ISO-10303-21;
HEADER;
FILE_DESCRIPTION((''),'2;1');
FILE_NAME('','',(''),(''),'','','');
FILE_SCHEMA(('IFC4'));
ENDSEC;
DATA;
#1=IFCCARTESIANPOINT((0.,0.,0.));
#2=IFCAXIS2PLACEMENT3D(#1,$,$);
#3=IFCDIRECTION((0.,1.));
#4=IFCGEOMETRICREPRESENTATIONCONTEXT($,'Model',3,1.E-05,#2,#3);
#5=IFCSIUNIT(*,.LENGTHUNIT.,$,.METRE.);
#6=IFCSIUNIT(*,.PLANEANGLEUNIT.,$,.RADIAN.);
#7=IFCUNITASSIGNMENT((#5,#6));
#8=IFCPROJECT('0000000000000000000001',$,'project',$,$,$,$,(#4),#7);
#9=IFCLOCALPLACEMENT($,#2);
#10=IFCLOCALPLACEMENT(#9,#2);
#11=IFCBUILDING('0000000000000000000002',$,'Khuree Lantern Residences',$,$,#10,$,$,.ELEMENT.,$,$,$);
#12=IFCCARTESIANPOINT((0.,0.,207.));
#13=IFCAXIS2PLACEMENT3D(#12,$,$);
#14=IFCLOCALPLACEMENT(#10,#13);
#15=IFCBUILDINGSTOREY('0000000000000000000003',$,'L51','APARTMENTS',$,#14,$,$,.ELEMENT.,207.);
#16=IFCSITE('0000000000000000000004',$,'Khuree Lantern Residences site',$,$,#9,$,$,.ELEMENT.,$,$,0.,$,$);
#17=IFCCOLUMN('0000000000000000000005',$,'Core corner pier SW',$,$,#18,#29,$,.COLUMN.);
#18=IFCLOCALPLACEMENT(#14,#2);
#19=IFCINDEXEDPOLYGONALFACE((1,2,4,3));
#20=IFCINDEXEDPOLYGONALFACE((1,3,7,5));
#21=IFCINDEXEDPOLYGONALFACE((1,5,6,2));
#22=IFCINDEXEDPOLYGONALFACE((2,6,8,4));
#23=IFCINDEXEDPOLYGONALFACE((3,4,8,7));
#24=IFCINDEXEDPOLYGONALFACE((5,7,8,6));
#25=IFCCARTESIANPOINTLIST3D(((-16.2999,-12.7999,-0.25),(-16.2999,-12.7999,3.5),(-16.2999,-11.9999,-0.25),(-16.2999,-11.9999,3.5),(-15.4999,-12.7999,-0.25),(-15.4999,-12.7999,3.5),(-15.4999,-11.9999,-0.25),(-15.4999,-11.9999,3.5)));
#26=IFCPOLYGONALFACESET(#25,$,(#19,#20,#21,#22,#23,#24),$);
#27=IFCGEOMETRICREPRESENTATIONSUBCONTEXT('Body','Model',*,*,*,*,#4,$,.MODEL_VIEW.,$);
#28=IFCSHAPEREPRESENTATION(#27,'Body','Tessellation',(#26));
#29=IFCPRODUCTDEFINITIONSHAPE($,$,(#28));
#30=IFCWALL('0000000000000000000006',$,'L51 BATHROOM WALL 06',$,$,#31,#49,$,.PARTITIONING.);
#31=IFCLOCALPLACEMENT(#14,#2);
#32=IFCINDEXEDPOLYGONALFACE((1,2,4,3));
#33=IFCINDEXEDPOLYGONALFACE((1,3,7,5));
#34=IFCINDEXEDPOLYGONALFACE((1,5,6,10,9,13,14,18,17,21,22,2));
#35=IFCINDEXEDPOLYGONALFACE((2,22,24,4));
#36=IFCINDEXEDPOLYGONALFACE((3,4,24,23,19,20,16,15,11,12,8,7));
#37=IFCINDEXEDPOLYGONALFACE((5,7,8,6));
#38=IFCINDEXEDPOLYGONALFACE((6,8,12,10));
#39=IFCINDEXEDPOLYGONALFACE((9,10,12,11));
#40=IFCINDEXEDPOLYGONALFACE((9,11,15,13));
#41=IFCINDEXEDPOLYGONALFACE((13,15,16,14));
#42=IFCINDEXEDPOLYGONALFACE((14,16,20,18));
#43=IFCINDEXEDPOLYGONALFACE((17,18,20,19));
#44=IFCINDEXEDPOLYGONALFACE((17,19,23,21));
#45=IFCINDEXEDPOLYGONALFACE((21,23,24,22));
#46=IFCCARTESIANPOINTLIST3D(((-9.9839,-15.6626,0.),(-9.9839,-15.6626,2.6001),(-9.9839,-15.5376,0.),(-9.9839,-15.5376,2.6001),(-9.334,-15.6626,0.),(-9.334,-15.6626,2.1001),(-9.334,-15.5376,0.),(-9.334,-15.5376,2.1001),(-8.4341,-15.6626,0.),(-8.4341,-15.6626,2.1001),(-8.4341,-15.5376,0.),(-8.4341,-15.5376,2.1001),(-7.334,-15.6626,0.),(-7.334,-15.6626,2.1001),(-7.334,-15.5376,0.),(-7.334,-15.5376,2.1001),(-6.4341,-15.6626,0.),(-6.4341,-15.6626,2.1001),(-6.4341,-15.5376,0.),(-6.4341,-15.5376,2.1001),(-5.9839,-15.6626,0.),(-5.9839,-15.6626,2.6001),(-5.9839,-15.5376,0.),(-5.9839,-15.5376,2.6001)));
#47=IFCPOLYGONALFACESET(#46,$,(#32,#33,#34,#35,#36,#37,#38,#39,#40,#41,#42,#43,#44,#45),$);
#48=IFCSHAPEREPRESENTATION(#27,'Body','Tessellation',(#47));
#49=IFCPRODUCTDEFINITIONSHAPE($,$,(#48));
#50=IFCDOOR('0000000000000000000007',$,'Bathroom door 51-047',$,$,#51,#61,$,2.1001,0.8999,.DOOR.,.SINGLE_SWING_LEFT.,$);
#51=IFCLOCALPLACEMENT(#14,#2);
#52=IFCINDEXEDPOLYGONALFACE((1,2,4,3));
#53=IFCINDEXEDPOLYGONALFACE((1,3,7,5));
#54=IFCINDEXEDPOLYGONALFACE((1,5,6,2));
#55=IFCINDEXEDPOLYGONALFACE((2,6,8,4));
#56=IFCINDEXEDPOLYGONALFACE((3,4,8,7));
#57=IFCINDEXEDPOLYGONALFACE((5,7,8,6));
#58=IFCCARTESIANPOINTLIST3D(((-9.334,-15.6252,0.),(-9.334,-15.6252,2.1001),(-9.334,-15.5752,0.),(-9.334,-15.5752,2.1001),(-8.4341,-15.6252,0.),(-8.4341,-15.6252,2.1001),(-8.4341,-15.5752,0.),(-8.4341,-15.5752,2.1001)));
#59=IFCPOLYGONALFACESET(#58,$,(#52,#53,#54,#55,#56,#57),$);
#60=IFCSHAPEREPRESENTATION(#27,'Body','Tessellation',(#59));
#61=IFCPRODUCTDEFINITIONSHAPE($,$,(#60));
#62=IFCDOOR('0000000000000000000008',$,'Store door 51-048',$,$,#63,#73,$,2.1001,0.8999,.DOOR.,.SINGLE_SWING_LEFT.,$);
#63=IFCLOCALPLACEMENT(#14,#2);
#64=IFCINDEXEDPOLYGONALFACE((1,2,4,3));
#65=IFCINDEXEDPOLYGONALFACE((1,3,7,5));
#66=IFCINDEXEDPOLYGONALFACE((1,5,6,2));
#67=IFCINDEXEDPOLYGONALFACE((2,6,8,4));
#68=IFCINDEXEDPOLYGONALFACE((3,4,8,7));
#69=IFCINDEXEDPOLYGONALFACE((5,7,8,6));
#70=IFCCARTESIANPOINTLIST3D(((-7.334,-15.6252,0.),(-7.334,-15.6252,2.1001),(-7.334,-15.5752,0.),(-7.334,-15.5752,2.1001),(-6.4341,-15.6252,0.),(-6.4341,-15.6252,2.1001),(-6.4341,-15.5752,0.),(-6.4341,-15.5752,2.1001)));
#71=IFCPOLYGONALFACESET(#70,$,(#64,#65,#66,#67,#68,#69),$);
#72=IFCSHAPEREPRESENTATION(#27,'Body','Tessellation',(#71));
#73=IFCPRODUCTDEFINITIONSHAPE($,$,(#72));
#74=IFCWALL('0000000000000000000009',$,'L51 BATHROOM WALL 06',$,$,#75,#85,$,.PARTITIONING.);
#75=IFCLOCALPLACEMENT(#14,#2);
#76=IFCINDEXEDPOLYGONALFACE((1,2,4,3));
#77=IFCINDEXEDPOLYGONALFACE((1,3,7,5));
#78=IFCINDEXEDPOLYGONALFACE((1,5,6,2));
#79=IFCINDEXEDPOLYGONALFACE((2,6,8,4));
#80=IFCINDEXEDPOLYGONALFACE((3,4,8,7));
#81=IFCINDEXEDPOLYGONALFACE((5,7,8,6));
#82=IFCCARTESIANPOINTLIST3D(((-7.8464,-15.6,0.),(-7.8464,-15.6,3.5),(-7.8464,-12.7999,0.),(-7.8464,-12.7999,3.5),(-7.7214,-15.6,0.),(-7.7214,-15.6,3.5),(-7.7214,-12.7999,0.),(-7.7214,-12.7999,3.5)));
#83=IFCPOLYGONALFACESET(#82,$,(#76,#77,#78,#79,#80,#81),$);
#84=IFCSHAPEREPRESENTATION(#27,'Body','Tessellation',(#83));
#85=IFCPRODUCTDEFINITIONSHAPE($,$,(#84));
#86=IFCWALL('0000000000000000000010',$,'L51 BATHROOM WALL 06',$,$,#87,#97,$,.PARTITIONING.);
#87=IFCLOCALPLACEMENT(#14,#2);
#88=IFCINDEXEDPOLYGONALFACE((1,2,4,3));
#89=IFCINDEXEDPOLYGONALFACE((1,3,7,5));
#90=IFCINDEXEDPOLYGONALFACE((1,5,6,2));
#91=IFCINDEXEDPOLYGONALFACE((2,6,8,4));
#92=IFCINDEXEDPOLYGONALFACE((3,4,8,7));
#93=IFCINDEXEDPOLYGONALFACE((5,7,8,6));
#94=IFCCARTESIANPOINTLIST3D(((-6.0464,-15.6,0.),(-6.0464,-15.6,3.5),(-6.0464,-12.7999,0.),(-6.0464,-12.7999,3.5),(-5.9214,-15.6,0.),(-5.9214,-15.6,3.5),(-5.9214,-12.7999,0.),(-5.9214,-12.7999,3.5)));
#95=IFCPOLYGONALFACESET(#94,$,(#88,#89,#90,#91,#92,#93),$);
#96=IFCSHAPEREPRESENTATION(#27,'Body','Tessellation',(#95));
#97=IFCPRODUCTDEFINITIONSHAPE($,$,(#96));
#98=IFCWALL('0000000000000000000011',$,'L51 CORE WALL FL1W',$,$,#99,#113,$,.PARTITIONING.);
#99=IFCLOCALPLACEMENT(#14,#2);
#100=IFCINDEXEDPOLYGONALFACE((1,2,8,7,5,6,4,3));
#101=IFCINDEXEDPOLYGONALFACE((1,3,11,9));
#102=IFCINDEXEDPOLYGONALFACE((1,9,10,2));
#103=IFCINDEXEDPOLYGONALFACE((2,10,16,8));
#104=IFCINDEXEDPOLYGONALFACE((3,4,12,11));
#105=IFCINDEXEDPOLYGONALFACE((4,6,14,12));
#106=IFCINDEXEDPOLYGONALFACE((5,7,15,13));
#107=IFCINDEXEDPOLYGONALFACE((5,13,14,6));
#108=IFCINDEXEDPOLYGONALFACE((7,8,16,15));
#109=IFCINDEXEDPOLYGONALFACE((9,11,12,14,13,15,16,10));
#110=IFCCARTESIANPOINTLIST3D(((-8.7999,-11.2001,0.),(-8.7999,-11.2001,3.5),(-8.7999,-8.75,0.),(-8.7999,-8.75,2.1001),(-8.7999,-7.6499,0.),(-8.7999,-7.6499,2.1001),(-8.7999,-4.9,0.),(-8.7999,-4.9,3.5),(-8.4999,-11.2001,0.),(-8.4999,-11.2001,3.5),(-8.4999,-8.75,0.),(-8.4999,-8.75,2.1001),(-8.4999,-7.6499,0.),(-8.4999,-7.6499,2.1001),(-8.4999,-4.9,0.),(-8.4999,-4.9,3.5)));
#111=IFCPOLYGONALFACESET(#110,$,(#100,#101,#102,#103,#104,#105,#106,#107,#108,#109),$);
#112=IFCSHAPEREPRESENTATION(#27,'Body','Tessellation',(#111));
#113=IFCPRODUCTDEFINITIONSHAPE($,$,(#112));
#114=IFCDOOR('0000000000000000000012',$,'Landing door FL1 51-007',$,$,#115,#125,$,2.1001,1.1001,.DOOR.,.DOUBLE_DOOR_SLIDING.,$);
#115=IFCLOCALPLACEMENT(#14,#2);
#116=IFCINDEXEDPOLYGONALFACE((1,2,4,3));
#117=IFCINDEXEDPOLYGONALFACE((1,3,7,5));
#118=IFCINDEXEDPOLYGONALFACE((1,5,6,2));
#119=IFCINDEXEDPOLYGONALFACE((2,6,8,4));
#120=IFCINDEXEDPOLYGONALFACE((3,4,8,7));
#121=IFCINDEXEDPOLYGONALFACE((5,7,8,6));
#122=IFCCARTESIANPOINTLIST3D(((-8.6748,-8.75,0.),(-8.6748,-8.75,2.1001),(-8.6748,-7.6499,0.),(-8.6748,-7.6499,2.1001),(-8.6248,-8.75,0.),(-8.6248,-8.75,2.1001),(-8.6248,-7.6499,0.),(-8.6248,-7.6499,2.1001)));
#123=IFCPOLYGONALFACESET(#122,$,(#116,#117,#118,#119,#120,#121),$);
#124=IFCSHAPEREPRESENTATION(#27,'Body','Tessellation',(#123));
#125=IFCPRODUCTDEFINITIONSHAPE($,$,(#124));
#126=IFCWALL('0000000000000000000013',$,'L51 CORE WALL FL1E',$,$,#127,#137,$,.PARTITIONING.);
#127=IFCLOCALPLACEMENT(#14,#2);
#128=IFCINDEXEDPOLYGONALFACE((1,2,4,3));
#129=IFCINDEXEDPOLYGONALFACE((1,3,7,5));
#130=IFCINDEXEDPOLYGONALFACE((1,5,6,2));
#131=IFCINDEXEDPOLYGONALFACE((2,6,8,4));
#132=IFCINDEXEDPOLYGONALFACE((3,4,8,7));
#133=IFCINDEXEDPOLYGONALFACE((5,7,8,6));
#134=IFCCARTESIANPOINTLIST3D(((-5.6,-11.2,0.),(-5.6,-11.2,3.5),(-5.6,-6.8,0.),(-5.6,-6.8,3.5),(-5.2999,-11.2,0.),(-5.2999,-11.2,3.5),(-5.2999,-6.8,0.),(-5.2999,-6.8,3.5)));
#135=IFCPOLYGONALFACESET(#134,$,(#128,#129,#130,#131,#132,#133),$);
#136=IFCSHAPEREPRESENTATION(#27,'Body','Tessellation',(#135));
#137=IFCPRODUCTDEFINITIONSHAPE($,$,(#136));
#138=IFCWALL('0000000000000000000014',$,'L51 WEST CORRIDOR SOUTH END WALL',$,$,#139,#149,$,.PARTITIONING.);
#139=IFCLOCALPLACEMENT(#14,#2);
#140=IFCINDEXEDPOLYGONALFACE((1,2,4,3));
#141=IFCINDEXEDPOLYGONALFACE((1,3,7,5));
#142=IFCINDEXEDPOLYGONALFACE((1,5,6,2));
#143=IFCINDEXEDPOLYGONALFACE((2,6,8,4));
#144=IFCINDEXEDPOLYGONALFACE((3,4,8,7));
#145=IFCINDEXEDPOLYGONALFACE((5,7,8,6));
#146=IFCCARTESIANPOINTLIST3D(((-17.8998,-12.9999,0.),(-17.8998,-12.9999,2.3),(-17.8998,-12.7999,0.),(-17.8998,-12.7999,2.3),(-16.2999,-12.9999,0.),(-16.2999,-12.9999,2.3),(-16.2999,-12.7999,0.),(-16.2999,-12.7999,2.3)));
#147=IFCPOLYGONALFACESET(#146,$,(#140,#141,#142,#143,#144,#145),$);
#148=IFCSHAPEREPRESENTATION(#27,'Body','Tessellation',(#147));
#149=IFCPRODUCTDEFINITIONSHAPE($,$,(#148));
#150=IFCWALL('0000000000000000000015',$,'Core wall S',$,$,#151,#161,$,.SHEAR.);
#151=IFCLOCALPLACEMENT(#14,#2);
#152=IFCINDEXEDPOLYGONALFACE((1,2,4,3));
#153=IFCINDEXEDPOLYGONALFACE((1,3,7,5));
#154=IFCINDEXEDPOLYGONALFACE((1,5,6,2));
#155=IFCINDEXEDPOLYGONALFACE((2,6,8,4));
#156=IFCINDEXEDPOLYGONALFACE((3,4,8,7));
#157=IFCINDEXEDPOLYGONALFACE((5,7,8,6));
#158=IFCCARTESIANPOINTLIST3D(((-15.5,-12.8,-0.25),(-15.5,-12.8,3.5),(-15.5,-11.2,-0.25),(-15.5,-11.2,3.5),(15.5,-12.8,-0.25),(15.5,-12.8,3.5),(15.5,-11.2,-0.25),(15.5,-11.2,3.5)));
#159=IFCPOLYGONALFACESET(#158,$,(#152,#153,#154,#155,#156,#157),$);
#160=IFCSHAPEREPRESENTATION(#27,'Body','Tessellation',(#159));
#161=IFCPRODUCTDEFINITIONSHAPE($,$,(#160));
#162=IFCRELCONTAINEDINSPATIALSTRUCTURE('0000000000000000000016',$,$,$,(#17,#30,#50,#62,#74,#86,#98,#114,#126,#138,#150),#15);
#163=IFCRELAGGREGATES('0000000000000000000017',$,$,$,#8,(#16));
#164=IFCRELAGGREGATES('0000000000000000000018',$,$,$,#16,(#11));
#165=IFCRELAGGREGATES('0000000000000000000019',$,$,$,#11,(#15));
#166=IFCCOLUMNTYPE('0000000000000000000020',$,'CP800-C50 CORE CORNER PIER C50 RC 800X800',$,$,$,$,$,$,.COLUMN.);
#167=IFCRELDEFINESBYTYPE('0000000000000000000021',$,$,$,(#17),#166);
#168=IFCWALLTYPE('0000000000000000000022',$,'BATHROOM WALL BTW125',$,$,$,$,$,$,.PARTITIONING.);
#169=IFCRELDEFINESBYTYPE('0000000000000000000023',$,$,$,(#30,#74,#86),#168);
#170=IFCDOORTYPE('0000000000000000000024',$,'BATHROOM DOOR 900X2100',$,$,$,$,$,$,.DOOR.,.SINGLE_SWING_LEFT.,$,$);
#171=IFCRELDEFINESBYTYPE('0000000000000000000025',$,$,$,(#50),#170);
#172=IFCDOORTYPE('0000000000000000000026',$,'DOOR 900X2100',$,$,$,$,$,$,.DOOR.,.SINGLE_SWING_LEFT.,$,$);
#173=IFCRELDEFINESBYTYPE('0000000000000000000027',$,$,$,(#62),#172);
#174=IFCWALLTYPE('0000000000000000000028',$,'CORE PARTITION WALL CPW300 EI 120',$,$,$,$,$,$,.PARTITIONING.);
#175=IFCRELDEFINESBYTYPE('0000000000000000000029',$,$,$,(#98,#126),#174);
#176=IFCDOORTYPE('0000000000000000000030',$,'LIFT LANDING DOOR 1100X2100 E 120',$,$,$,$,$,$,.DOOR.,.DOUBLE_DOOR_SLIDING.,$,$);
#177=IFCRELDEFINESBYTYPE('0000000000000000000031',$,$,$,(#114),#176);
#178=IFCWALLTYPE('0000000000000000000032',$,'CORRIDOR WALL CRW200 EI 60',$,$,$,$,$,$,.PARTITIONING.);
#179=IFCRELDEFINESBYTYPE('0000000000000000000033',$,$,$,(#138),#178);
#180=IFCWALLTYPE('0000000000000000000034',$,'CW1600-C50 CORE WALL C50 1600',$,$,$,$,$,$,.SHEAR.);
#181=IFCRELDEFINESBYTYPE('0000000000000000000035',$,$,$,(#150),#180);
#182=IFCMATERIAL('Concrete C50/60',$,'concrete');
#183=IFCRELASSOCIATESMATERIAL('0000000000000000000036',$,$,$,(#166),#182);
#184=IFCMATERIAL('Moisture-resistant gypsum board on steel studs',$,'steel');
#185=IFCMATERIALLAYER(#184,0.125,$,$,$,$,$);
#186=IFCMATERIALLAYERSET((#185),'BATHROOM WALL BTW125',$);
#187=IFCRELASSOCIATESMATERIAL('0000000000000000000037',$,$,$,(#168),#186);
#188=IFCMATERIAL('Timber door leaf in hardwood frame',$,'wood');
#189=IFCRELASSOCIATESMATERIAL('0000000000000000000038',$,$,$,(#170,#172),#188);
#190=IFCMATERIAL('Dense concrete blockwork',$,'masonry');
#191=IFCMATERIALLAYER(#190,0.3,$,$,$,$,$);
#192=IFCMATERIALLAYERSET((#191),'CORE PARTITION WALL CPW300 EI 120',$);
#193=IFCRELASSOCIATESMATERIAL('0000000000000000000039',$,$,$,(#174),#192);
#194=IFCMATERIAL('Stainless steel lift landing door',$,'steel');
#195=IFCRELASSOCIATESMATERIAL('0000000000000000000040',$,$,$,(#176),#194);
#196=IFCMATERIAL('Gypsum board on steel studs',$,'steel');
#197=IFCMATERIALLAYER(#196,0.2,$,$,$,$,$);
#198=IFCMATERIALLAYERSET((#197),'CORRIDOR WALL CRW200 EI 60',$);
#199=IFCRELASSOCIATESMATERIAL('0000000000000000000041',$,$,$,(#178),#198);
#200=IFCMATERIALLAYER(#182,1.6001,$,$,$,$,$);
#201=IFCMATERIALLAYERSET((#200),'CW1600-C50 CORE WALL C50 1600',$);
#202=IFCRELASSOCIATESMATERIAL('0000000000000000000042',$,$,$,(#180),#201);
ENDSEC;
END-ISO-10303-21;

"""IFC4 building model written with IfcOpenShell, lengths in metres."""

from ifc_helpers import new_model, si_unit, direction, frame, frame_2d, origin, origin_2d, place, context, subcontext, project, spatial, rectangle, extrude, material, layer, layer_set, material_profile, profile_set, type_object, element, fill, save


model = new_model("IFC4")

# Units and contexts
model_context = context("Model", 3, precision=1e-05, world=origin(), true_north=direction((0.0, 1.0)))
body_context = subcontext(model_context, "Body", "Model", "MODEL_VIEW")
ifc_project = project(units=[si_unit("LENGTHUNIT", "METRE"), si_unit("PLANEANGLEUNIT", "RADIAN")], contexts=[model_context])

# Site, building, storey
site_placement = place(None, origin())
site = spatial("IfcSite", under=ifc_project, at=site_placement, Name="Khuree Lantern Residences site", CompositionType="ELEMENT", RefElevation=0.0)
building_placement = place(site_placement, origin())
building = spatial("IfcBuilding", under=site, at=building_placement, Name="Khuree Lantern Residences", CompositionType="ELEMENT")
storey_placement = place(building_placement, frame((0.0, 0.0, 207.0)))
storey = spatial("IfcBuildingStorey", under=building, at=storey_placement, Name="L51", Description="APARTMENTS", CompositionType="ELEMENT", Elevation=207.0)

# Column
ifc_material_1 = material(Name="Concrete C50/60", Category="concrete")
ifc_material_profile = material_profile(ifc_material_1, rectangle(XDim=0.8, YDim=0.8, at=origin_2d()), Name="RC 800X800")
ifc_profile_set = profile_set([ifc_material_profile], Name="Concrete C50/60")
column_type = type_object("IfcColumnType", Name="CP800-C50 CORE CORNER PIER C50 RC 800X800", PredefinedType="COLUMN", material=ifc_profile_set)
column_placement = place(storey_placement, frame((-15.8999, -12.3999, -0.25), z_axis=(0.0, 0.0, 1.0), x_axis=(1.0, 0.0, 0.0)))
element("IfcColumn", 1, at=column_placement, inside=storey, type_object=column_type, Name="Core corner pier SW", PredefinedType="COLUMN", context=body_context, shape_type="SweptSolid", body=[
    extrude(rectangle(XDim=0.8, YDim=0.8, at=origin_2d()), origin(), (0.0, 0.0, 1.0), 3.75),
])

# Wall, openings, doors
ifc_material_2 = material(Name="Moisture-resistant gypsum board on steel studs", Category="steel")
ifc_layer_1 = layer(ifc_material_2, 0.125)
ifc_layer_set_1 = layer_set([ifc_layer_1], Name="BATHROOM WALL BTW125")
wall_type_1 = type_object("IfcWallType", Name="BATHROOM WALL BTW125", PredefinedType="PARTITIONING", material=ifc_layer_set_1)
wall_1_placement = place(storey_placement, frame((-9.9839, -15.6001, 0.0), z_axis=(0.0, 0.0, 1.0), x_axis=(1.0, 0.0, 0.0)))
wall_1 = element("IfcWall", 2, at=wall_1_placement, inside=storey, type_object=wall_type_1, Name="L51 BATHROOM WALL 06", PredefinedType="PARTITIONING", context=body_context, shape_type="SweptSolid", body=[
    extrude(rectangle(XDim=4.0, YDim=0.125, at=frame_2d((2.0, 0.0))), origin(), (0.0, 0.0, 1.0), 2.6001),
])
opening_1_placement = place(wall_1_placement, frame((0.6499, 0.0, 0.0)))
opening_1 = element("IfcOpeningElement", 3, at=opening_1_placement, cuts=wall_1, PredefinedType="OPENING", context=body_context, shape_type="SweptSolid", body=[
    extrude(rectangle(XDim=0.8999, YDim=2.1001, at=frame_2d((0.45, 1.05))), frame((0.0, 0.0725, 0.0), z_axis=(0.0, -1.0, 0.0), x_axis=(1.0, 0.0, 0.0)), (0.0, 0.0, 1.0), 0.145),
])
opening_2_placement = place(wall_1_placement, frame((2.6499, 0.0, 0.0)))
opening_2 = element("IfcOpeningElement", 4, at=opening_2_placement, cuts=wall_1, PredefinedType="OPENING", context=body_context, shape_type="SweptSolid", body=[
    extrude(rectangle(XDim=0.8999, YDim=2.1001, at=frame_2d((0.45, 1.05))), frame((0.0, 0.0725, 0.0), z_axis=(0.0, -1.0, 0.0), x_axis=(1.0, 0.0, 0.0)), (0.0, 0.0, 1.0), 0.145),
])
ifc_material_3 = material(Name="Timber door leaf in hardwood frame", Category="wood")
door_type_1 = type_object("IfcDoorType", Name="BATHROOM DOOR 900X2100", OperationType="SINGLE_SWING_LEFT", PredefinedType="DOOR", material=ifc_material_3)
door_1_placement = place(opening_1_placement, origin())
door_1 = element("IfcDoor", 5, at=door_1_placement, inside=storey, type_object=door_type_1, Name="Bathroom door 51-047", OperationType="SINGLE_SWING_LEFT", OverallHeight=2.1001, OverallWidth=0.8999, PredefinedType="DOOR", context=body_context, shape_type="SweptSolid", body=[
    extrude(rectangle(XDim=0.8999, YDim=2.1001, at=frame_2d((0.45, 1.05))), frame((0.0, 0.0249, 0.0), z_axis=(0.0, -1.0, 0.0), x_axis=(1.0, 0.0, 0.0)), (0.0, 0.0, 1.0), 0.05),
])
fill(opening_1, door_1)
door_type_2 = type_object("IfcDoorType", Name="DOOR 900X2100", OperationType="SINGLE_SWING_LEFT", PredefinedType="DOOR", material=ifc_material_3)
door_2_placement = place(opening_2_placement, origin())
door_2 = element("IfcDoor", 6, at=door_2_placement, inside=storey, type_object=door_type_2, Name="Store door 51-048", OperationType="SINGLE_SWING_LEFT", OverallHeight=2.1001, OverallWidth=0.8999, PredefinedType="DOOR", context=body_context, shape_type="SweptSolid", body=[
    extrude(rectangle(XDim=0.8999, YDim=2.1001, at=frame_2d((0.45, 1.05))), frame((0.0, 0.0249, 0.0), z_axis=(0.0, -1.0, 0.0), x_axis=(1.0, 0.0, 0.0)), (0.0, 0.0, 1.0), 0.05),
])
fill(opening_2, door_2)

# Walls
for number, where, z_axis, x_axis, name in (
    (7, (-7.7839, -12.8, 0.0), (0.0, 0.0, 1.0), (0.0, -1.0, 0.0), "L51 BATHROOM WALL 06"),
    (8, (-5.9839, -12.8, 0.0), (0.0, 0.0, 1.0), (0.0, -1.0, 0.0), "L51 BATHROOM WALL 06"),
):
    element("IfcWall", number, at=place(storey_placement, frame(where, z_axis=z_axis, x_axis=x_axis)), inside=storey, type_object=wall_type_1, Name=name, PredefinedType="PARTITIONING", context=body_context, shape_type="SweptSolid", body=[
        extrude(rectangle(XDim=2.8, YDim=0.125, at=frame_2d((1.3999, 0.0))), origin(), (0.0, 0.0, 1.0), 3.5),
    ])

# Wall, opening, door
ifc_material_4 = material(Name="Dense concrete blockwork", Category="masonry")
ifc_layer_2 = layer(ifc_material_4, 0.3)
ifc_layer_set_2 = layer_set([ifc_layer_2], Name="CORE PARTITION WALL CPW300 EI 120")
wall_type_2 = type_object("IfcWallType", Name="CORE PARTITION WALL CPW300 EI 120", PredefinedType="PARTITIONING", material=ifc_layer_set_2)
wall_2_placement = place(storey_placement, frame((-8.6499, -11.2, 0.0), z_axis=(0.0, 0.0, 1.0), x_axis=(0.0, 1.0, 0.0)))
wall_2 = element("IfcWall", 9, at=wall_2_placement, inside=storey, type_object=wall_type_2, Name="L51 CORE WALL FL1W", PredefinedType="PARTITIONING", context=body_context, shape_type="SweptSolid", body=[
    extrude(rectangle(XDim=6.3, YDim=0.3, at=frame_2d((3.1499, 0.0))), origin(), (0.0, 0.0, 1.0), 3.5),
])
opening_3_placement = place(wall_2_placement, frame((2.45, 0.0, 0.0)))
opening_3 = element("IfcOpeningElement", 10, at=opening_3_placement, cuts=wall_2, PredefinedType="OPENING", context=body_context, shape_type="SweptSolid", body=[
    extrude(rectangle(XDim=1.1001, YDim=2.1001, at=frame_2d((0.55, 1.05))), frame((0.0, 0.1602, 0.0), z_axis=(0.0, -1.0, 0.0), x_axis=(1.0, 0.0, 0.0)), (0.0, 0.0, 1.0), 0.3201),
])
ifc_material_5 = material(Name="Stainless steel lift landing door", Category="steel")
door_type_3 = type_object("IfcDoorType", Name="LIFT LANDING DOOR 1100X2100 E 120", OperationType="DOUBLE_DOOR_SLIDING", PredefinedType="DOOR", material=ifc_material_5)
door_3_placement = place(opening_3_placement, origin())
door_3 = element("IfcDoor", 11, at=door_3_placement, inside=storey, type_object=door_type_3, Name="Landing door FL1 51-007", OperationType="DOUBLE_DOOR_SLIDING", OverallHeight=2.1001, OverallWidth=1.1001, PredefinedType="DOOR", context=body_context, shape_type="SweptSolid", body=[
    extrude(rectangle(XDim=1.1001, YDim=2.1001, at=frame_2d((0.55, 1.05))), frame((0.0, 0.0249, 0.0), z_axis=(0.0, -1.0, 0.0), x_axis=(1.0, 0.0, 0.0)), (0.0, 0.0, 1.0), 0.05),
])
fill(opening_3, door_3)

# Walls
wall_3_placement = place(storey_placement, frame((-5.45, -11.2, 0.0), z_axis=(0.0, 0.0, 1.0), x_axis=(0.0, 1.0, 0.0)))
element("IfcWall", 12, at=wall_3_placement, inside=storey, type_object=wall_type_2, Name="L51 CORE WALL FL1E", PredefinedType="PARTITIONING", context=body_context, shape_type="SweptSolid", body=[
    extrude(rectangle(XDim=4.3999, YDim=0.3, at=frame_2d((2.2, 0.0))), origin(), (0.0, 0.0, 1.0), 3.5),
])
ifc_material_6 = material(Name="Gypsum board on steel studs", Category="steel")
ifc_layer_3 = layer(ifc_material_6, 0.2)
ifc_layer_set_3 = layer_set([ifc_layer_3], Name="CORRIDOR WALL CRW200 EI 60")
wall_type_3 = type_object("IfcWallType", Name="CORRIDOR WALL CRW200 EI 60", PredefinedType="PARTITIONING", material=ifc_layer_set_3)
wall_4_placement = place(storey_placement, frame((-16.3, -12.8999, 0.0), z_axis=(0.0, 0.0, 1.0), x_axis=(-1.0, 0.0, 0.0)))
element("IfcWall", 13, at=wall_4_placement, inside=storey, type_object=wall_type_3, Name="L51 WEST CORRIDOR SOUTH END WALL", PredefinedType="PARTITIONING", context=body_context, shape_type="SweptSolid", body=[
    extrude(rectangle(XDim=1.5999, YDim=0.2, at=frame_2d((0.7998, 0.0))), origin(), (0.0, 0.0, 1.0), 2.3),
])
ifc_layer_4 = layer(ifc_material_1, 1.6001)
ifc_layer_set_4 = layer_set([ifc_layer_4], Name="CW1600-C50 CORE WALL C50 1600")
wall_type_4 = type_object("IfcWallType", Name="CW1600-C50 CORE WALL C50 1600", PredefinedType="SHEAR", material=ifc_layer_set_4)
wall_5_placement = place(storey_placement, frame((-15.5, -12.0, -0.25), z_axis=(0.0, 0.0, 1.0), x_axis=(1.0, 0.0, 0.0)))
element("IfcWall", 14, at=wall_5_placement, inside=storey, type_object=wall_type_4, Name="Core wall S", PredefinedType="SHEAR", context=body_context, shape_type="SweptSolid", body=[
    extrude(rectangle(XDim=31.0, YDim=1.6001, at=frame_2d((15.5, 0.0))), origin(), (0.0, 0.0, 1.0), 3.75),
])

save(model, "model.ifc")
